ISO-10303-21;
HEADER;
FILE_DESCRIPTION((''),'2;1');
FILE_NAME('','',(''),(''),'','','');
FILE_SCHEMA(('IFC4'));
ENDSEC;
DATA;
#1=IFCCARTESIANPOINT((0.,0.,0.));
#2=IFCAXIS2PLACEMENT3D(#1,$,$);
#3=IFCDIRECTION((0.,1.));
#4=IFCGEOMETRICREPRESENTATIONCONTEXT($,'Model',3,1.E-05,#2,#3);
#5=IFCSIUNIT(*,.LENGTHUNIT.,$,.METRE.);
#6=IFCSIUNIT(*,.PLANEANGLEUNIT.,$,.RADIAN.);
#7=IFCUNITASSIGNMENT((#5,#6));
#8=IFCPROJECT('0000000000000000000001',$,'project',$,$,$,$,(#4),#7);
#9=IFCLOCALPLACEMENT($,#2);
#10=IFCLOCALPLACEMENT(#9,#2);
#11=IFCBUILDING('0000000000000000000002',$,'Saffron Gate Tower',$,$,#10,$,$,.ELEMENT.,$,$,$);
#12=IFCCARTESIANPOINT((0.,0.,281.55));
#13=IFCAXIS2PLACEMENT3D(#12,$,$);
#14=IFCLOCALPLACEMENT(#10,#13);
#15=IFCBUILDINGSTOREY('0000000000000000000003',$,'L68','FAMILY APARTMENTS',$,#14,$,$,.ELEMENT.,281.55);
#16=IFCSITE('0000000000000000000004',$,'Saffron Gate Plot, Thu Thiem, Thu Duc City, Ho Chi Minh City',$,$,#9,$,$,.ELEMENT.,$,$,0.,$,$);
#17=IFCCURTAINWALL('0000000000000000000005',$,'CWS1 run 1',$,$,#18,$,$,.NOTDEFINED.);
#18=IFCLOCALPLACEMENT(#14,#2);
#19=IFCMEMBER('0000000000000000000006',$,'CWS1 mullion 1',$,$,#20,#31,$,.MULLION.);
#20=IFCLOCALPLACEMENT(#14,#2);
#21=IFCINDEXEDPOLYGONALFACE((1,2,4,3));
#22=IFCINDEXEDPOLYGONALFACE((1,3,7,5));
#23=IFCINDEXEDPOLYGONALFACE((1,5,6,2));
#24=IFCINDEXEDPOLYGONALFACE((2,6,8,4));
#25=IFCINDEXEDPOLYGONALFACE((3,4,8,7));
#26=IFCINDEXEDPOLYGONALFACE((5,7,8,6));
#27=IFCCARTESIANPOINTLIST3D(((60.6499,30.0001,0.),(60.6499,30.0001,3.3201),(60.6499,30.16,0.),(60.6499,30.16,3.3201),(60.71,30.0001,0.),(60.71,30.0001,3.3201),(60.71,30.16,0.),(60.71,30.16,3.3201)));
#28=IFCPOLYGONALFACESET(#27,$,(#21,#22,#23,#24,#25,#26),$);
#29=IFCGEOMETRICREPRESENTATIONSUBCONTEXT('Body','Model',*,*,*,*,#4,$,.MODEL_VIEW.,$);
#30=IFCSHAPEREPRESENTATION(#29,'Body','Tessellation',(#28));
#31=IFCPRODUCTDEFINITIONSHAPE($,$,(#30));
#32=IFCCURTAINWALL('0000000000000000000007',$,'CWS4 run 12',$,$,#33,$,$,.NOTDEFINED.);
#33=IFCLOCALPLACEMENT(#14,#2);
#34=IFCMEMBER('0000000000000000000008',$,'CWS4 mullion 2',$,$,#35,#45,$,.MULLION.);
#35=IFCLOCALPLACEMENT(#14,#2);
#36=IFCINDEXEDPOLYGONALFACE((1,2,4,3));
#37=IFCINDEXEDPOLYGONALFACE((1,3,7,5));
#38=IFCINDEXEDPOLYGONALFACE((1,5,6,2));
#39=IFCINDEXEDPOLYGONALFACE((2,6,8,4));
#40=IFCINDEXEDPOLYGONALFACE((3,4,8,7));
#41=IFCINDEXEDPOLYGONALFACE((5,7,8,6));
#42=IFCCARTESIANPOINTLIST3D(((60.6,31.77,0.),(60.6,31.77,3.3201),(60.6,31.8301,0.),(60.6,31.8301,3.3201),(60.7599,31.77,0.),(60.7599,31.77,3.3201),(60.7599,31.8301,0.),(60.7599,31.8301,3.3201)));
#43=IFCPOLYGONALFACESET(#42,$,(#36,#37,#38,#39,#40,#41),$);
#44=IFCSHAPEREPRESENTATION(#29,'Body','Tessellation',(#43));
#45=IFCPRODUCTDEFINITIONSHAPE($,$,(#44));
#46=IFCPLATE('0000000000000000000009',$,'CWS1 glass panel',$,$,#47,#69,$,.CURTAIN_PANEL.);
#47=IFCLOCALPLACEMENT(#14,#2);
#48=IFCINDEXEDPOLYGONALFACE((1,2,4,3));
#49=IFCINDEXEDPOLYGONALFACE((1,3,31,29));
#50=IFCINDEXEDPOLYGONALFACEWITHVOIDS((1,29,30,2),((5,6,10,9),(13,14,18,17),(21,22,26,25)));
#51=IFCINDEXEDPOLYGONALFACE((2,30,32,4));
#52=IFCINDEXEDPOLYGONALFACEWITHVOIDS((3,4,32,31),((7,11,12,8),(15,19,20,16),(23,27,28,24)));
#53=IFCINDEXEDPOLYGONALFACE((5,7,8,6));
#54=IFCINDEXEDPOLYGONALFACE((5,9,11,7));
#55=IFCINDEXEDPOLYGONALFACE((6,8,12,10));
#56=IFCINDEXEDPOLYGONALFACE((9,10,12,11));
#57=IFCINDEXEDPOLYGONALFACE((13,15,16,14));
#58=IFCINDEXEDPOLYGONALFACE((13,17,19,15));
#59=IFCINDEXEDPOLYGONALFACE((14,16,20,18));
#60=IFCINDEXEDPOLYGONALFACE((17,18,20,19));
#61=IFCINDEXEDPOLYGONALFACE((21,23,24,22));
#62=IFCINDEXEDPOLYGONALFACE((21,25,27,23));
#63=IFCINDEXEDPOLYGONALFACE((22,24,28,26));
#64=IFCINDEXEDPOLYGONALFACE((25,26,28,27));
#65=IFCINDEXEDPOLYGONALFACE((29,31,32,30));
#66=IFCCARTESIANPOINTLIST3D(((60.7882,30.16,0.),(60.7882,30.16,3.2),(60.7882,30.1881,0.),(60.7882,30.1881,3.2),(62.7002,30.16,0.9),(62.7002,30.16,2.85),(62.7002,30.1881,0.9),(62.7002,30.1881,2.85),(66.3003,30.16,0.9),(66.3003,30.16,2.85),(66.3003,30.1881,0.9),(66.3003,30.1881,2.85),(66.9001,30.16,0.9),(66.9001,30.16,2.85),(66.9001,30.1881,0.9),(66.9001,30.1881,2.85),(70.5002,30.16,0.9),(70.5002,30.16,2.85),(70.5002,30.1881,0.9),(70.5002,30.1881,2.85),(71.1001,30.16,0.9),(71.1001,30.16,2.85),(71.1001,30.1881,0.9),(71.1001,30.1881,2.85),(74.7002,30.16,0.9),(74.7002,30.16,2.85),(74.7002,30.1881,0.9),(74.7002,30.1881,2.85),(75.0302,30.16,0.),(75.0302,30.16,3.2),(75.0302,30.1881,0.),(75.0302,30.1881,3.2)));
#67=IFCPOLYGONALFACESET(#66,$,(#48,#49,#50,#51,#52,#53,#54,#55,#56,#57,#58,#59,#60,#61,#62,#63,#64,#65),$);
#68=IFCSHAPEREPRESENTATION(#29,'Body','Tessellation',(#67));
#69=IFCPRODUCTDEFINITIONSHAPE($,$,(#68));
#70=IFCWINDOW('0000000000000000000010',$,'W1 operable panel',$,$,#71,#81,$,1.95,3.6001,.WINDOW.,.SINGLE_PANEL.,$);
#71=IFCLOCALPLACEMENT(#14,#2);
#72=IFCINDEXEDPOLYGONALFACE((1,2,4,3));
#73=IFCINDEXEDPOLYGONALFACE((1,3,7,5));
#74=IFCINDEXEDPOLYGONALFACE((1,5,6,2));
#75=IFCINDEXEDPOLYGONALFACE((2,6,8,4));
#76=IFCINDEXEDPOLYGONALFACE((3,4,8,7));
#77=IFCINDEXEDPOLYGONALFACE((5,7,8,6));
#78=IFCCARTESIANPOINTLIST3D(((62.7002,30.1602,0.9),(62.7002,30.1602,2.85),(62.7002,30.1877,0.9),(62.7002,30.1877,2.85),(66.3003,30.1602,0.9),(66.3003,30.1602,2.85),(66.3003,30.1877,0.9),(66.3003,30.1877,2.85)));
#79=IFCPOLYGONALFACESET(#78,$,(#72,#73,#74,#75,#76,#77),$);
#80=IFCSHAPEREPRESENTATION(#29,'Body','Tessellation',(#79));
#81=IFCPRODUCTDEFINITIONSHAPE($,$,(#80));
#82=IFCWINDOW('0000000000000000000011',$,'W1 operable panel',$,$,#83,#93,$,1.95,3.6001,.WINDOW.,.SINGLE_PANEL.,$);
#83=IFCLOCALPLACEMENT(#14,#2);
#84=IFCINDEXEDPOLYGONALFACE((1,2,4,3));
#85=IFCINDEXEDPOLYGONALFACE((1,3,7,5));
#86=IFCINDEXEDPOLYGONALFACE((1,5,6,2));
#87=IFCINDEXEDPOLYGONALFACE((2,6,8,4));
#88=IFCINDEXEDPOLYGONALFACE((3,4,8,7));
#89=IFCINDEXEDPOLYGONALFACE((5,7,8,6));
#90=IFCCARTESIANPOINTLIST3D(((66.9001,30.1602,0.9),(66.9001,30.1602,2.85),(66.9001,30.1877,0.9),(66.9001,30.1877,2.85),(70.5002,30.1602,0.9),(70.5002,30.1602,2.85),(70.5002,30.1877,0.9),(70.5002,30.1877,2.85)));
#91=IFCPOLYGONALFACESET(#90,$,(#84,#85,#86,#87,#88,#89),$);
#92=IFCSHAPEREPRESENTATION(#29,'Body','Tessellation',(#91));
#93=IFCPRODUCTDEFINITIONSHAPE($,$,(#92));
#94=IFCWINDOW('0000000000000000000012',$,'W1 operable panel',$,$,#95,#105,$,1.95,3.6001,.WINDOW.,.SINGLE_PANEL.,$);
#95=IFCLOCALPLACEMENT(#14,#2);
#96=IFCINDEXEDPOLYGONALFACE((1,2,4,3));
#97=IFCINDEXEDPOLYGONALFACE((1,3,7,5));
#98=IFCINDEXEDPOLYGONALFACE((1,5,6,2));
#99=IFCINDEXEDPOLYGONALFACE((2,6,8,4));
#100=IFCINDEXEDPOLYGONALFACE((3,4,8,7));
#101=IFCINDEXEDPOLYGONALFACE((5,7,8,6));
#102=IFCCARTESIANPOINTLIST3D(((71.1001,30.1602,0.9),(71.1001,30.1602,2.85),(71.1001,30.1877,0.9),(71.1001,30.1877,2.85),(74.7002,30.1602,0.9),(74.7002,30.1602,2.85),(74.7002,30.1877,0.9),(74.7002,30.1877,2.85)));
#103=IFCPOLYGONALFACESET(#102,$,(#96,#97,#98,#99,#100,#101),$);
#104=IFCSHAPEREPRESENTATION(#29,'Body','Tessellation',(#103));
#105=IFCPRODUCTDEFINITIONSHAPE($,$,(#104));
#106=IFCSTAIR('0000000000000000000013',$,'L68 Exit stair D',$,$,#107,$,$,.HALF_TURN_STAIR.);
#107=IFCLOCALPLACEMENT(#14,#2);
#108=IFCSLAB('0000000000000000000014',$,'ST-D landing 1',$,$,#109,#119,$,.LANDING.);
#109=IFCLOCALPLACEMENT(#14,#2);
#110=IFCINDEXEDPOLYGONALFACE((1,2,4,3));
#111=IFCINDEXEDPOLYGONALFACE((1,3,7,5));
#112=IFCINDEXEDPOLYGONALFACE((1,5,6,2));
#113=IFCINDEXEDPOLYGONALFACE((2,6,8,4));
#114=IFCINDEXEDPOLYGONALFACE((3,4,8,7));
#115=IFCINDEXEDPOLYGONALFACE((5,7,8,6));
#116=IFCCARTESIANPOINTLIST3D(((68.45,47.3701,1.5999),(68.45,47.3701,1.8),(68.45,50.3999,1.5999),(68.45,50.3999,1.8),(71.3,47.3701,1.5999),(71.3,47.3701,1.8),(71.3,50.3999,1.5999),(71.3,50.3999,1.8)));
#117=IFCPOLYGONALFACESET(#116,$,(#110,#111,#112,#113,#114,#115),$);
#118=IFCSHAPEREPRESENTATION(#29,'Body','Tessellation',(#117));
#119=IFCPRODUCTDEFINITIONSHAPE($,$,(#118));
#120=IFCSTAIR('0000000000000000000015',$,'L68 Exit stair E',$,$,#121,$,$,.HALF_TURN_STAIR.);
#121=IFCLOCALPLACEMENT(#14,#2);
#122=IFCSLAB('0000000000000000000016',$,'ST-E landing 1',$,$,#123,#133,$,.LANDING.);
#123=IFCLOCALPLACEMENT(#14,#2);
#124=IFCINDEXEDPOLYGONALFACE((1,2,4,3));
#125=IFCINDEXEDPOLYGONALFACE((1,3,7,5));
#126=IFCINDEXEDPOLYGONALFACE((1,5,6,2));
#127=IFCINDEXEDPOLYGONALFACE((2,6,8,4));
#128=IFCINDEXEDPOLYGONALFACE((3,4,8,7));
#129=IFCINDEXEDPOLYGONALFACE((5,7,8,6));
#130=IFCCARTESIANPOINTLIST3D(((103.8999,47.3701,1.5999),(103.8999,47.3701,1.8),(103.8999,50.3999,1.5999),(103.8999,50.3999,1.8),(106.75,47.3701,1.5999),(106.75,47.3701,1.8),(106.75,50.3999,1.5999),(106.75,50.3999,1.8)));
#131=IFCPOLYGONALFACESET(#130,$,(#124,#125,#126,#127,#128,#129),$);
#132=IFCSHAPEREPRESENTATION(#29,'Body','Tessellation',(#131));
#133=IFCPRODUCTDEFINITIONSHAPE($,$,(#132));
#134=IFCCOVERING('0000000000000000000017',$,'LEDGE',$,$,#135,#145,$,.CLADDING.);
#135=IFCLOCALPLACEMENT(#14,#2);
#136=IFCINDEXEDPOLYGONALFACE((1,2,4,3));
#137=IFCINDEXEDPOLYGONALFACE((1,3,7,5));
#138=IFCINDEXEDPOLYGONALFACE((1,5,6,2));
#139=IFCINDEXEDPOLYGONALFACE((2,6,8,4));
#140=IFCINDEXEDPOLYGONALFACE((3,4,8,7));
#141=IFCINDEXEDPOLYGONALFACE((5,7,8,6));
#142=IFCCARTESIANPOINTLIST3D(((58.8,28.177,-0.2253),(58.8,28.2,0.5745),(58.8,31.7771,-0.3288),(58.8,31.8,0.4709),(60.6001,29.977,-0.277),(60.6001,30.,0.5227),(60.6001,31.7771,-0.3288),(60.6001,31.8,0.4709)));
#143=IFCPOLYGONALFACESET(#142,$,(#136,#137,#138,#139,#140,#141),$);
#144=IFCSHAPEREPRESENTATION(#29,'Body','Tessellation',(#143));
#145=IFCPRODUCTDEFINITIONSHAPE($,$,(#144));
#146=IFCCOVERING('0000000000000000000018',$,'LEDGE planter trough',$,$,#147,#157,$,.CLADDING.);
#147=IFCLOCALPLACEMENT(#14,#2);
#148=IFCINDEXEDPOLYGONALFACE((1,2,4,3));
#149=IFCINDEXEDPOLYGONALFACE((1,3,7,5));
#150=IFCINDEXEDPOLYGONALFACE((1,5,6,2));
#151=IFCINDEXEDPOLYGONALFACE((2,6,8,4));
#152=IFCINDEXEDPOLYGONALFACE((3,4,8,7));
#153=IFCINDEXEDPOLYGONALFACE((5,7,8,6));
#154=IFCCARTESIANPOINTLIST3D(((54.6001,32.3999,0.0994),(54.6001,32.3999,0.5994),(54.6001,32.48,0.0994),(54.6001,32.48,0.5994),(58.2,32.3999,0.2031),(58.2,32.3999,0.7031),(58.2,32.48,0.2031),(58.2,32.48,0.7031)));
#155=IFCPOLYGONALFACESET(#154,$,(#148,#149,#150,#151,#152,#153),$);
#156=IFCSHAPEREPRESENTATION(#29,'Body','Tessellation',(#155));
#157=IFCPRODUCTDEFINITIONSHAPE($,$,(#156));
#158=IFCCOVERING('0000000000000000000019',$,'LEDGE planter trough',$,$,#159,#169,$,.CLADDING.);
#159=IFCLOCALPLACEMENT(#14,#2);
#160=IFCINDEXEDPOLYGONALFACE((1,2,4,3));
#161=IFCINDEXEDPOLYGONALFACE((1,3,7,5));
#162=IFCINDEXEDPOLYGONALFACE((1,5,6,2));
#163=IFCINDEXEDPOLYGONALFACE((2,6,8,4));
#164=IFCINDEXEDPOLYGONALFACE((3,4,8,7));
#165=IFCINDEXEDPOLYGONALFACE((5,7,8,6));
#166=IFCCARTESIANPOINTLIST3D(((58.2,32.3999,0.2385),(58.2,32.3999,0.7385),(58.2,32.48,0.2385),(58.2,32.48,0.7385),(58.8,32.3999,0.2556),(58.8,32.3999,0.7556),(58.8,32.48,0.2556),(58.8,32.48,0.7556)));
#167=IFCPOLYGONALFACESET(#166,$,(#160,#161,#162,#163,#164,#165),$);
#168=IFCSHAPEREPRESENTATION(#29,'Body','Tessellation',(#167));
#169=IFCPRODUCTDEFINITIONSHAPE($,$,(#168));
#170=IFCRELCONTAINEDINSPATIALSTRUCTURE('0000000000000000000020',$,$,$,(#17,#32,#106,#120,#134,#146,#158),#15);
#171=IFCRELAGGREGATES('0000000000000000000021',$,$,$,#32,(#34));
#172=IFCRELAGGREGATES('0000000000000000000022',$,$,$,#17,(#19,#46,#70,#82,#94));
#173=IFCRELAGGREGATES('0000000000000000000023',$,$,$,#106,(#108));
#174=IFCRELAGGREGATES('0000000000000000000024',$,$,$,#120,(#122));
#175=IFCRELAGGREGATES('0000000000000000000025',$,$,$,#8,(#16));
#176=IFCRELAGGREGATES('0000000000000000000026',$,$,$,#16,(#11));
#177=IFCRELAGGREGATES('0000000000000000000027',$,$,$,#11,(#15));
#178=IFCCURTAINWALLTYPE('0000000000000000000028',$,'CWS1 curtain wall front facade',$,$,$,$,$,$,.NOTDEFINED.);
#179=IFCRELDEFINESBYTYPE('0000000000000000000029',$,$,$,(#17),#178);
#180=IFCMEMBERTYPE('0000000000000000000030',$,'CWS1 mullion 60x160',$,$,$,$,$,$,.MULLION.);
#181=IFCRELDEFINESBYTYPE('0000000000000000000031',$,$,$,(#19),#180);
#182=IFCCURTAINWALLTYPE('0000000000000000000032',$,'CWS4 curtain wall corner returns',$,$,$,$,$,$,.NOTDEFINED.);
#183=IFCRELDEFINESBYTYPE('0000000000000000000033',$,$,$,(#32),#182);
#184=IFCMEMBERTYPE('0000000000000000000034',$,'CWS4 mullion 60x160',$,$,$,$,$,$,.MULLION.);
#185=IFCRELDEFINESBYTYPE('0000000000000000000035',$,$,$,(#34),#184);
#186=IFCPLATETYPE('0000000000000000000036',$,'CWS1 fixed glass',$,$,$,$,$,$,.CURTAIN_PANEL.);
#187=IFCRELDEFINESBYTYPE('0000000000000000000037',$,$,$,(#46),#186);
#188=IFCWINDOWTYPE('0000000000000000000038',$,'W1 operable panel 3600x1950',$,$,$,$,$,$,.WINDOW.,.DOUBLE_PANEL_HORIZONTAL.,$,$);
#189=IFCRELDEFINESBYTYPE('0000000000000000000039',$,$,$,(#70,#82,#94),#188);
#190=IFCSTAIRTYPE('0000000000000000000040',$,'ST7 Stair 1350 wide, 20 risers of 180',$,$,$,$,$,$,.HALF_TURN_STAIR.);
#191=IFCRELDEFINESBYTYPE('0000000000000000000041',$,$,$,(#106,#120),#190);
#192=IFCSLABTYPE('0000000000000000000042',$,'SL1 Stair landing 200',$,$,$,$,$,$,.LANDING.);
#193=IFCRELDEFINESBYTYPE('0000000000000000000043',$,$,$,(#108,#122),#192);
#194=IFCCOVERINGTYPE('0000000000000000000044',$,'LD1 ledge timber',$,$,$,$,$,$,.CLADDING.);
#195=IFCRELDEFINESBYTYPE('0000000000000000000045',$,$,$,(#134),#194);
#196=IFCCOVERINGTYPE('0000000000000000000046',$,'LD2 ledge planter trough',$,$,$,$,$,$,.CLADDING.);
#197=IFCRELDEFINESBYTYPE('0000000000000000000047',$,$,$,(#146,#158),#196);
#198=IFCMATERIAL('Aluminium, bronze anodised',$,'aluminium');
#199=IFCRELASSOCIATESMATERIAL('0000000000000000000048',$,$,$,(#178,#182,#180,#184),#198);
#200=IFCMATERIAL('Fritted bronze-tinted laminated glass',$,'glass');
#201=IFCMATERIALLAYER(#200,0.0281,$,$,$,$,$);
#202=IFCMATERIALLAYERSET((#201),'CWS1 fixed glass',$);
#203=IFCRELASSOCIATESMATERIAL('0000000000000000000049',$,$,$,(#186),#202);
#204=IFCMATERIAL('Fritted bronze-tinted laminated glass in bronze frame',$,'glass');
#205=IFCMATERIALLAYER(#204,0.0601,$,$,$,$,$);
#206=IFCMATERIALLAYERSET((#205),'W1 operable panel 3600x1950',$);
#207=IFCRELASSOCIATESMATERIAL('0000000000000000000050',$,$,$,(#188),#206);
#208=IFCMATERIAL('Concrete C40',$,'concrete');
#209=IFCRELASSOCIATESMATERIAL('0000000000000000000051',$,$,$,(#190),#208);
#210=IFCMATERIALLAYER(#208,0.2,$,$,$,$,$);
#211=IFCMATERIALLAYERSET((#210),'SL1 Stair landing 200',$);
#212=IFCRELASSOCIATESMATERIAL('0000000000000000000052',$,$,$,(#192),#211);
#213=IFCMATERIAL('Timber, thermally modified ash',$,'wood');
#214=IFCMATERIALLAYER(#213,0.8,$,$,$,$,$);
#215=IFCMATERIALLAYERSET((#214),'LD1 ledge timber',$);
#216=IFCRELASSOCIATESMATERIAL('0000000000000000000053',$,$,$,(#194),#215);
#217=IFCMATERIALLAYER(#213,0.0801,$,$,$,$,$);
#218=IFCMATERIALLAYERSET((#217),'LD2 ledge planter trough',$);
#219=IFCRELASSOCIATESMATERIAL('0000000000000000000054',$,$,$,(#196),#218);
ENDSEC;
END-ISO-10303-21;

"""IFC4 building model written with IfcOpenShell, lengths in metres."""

from ifc_helpers import new_model, si_unit, direction, frame, frame_2d, origin, origin_2d, place, context, subcontext, project, spatial, polyline, rectangle, outline, extrude, material, layer, layer_set, material_profile, profile_set, type_object, element, fill, aggregate, save


model = new_model("IFC4")

# Units and contexts
model_context = context("Model", 3, precision=1e-05, world=origin(), true_north=direction((0.0, 1.0)))
body_context = subcontext(model_context, "Body", "Model", "MODEL_VIEW")
ifc_project = project(units=[si_unit("LENGTHUNIT", "METRE"), si_unit("PLANEANGLEUNIT", "RADIAN")], contexts=[model_context])

# Site, building, storey
site_placement = place(None, origin())
site = spatial("IfcSite", under=ifc_project, at=site_placement, Name="Saffron Gate Plot, Thu Thiem, Thu Duc City, Ho Chi Minh City", CompositionType="ELEMENT", RefElevation=0.0)
building_placement = place(site_placement, origin())
building = spatial("IfcBuilding", under=site, at=building_placement, Name="Saffron Gate Tower", CompositionType="ELEMENT")
storey_placement = place(building_placement, frame((0.0, 0.0, 281.55)))
storey = spatial("IfcBuildingStorey", under=building, at=storey_placement, Name="L68", Description="FAMILY APARTMENTS", CompositionType="ELEMENT", Elevation=281.55)

# Curtain walls, members
ifc_material_1 = material(Name="Aluminium, bronze anodised", Category="aluminium")
curtain_wall_type_1 = type_object("IfcCurtainWallType", Name="CWS1 curtain wall front facade", PredefinedType="NOTDEFINED", material=ifc_material_1)
curtain_wall_1_placement = place(storey_placement, origin())
curtain_wall_1 = element("IfcCurtainWall", 1, at=curtain_wall_1_placement, inside=storey, type_object=curtain_wall_type_1, Name="CWS1 run 1", PredefinedType="NOTDEFINED")
ifc_material_profile_1 = material_profile(ifc_material_1, rectangle(XDim=0.1599, YDim=0.0601, at=origin_2d()))
ifc_profile_set_1 = profile_set([ifc_material_profile_1], Name="Aluminium, bronze anodised")
member_type_1 = type_object("IfcMemberType", Name="CWS1 mullion 60x160", PredefinedType="MULLION", material=ifc_profile_set_1)
member_1_placement = place(storey_placement, frame((60.6799, 30.0801, 0.0), z_axis=(0.0, 0.0, 1.0), x_axis=(0.0, 1.0, 0.0)))
member_1 = element("IfcMember", 2, at=member_1_placement, type_object=member_type_1, Name="CWS1 mullion 1", PredefinedType="MULLION", context=body_context, shape_type="SweptSolid", body=[
    extrude(rectangle(XDim=0.1599, YDim=0.0601, at=origin_2d()), origin(), (0.0, 0.0, 1.0), 3.3201),
])
curtain_wall_type_2 = type_object("IfcCurtainWallType", Name="CWS4 curtain wall corner returns", PredefinedType="NOTDEFINED", material=ifc_material_1)
curtain_wall_2_placement = place(storey_placement, origin())
curtain_wall_2 = element("IfcCurtainWall", 3, at=curtain_wall_2_placement, inside=storey, type_object=curtain_wall_type_2, Name="CWS4 run 12", PredefinedType="NOTDEFINED")
ifc_material_profile_2 = material_profile(ifc_material_1, rectangle(XDim=0.1599, YDim=0.0601, at=origin_2d()))
ifc_profile_set_2 = profile_set([ifc_material_profile_2], Name="Aluminium, bronze anodised")
member_type_2 = type_object("IfcMemberType", Name="CWS4 mullion 60x160", PredefinedType="MULLION", material=ifc_profile_set_2)
member_2_placement = place(storey_placement, frame((60.6799, 31.8, 0.0), z_axis=(0.0, 0.0, 1.0), x_axis=(1.0, 0.0, 0.0)))
member_2 = element("IfcMember", 4, at=member_2_placement, type_object=member_type_2, Name="CWS4 mullion 2", PredefinedType="MULLION", context=body_context, shape_type="SweptSolid", body=[
    extrude(rectangle(XDim=0.1599, YDim=0.0601, at=origin_2d()), origin(), (0.0, 0.0, 1.0), 3.3201),
])
aggregate(curtain_wall_2, [member_2])

# Plate, openings, windows
ifc_material_2 = material(Name="Fritted bronze-tinted laminated glass", Category="glass")
ifc_layer_1 = layer(ifc_material_2, 0.0281)
ifc_layer_set_1 = layer_set([ifc_layer_1], Name="CWS1 fixed glass")
plate_type = type_object("IfcPlateType", Name="CWS1 fixed glass", PredefinedType="CURTAIN_PANEL", material=ifc_layer_set_1)
plate_placement = place(storey_placement, frame((60.7881, 30.1741, 0.0), z_axis=(0.0, 0.0, 1.0), x_axis=(1.0, 0.0, 0.0)))
plate = element("IfcPlate", 5, at=plate_placement, type_object=plate_type, Name="CWS1 glass panel", PredefinedType="CURTAIN_PANEL", context=body_context, shape_type="SweptSolid", body=[
    extrude(rectangle(XDim=14.2419, YDim=0.0281, at=frame_2d((7.1211, 0.0))), origin(), (0.0, 0.0, 1.0), 3.2),
])
opening_1_placement = place(plate_placement, frame((1.9121, 0.0, 0.8999)))
opening_1 = element("IfcOpeningElement", 6, at=opening_1_placement, cuts=plate, PredefinedType="OPENING", context=body_context, shape_type="SweptSolid", body=[
    extrude(rectangle(XDim=3.6001, YDim=1.95, at=frame_2d((1.8, 0.9751))), frame((0.0, 0.0239, 0.0), z_axis=(0.0, -1.0, 0.0), x_axis=(1.0, 0.0, 0.0)), (0.0, 0.0, 1.0), 0.0481),
])
opening_2_placement = place(plate_placement, frame((6.1121, 0.0, 0.8999)))
opening_2 = element("IfcOpeningElement", 7, at=opening_2_placement, cuts=plate, PredefinedType="OPENING", context=body_context, shape_type="SweptSolid", body=[
    extrude(rectangle(XDim=3.6001, YDim=1.95, at=frame_2d((1.8, 0.9751))), frame((0.0, 0.0239, 0.0), z_axis=(0.0, -1.0, 0.0), x_axis=(1.0, 0.0, 0.0)), (0.0, 0.0, 1.0), 0.0481),
])
opening_3_placement = place(plate_placement, frame((10.312, 0.0, 0.8999)))
opening_3 = element("IfcOpeningElement", 8, at=opening_3_placement, cuts=plate, PredefinedType="OPENING", context=body_context, shape_type="SweptSolid", body=[
    extrude(rectangle(XDim=3.6001, YDim=1.95, at=frame_2d((1.8, 0.9751))), frame((0.0, 0.0239, 0.0), z_axis=(0.0, -1.0, 0.0), x_axis=(1.0, 0.0, 0.0)), (0.0, 0.0, 1.0), 0.0481),
])
ifc_material_3 = material(Name="Fritted bronze-tinted laminated glass in bronze frame", Category="glass")
ifc_layer_2 = layer(ifc_material_3, 0.0601)
ifc_layer_set_2 = layer_set([ifc_layer_2], Name="W1 operable panel 3600x1950")
window_type = type_object("IfcWindowType", Name="W1 operable panel 3600x1950", PartitioningType="DOUBLE_PANEL_HORIZONTAL", PredefinedType="WINDOW", material=ifc_layer_set_2)
window_1_placement = place(opening_1_placement, origin())
window_1 = element("IfcWindow", 9, at=window_1_placement, type_object=window_type, Name="W1 operable panel", OverallHeight=1.95, OverallWidth=3.6001, PartitioningType="SINGLE_PANEL", PredefinedType="WINDOW", context=body_context, shape_type="SweptSolid", body=[
    extrude(rectangle(XDim=3.6001, YDim=1.95, at=frame_2d((1.8, 0.9751))), frame((0.0, 0.0137, 0.0), z_axis=(0.0, -1.0, 0.0), x_axis=(1.0, 0.0, 0.0)), (0.0, 0.0, 1.0), 0.0276),
])
fill(opening_1, window_1)
window_2_placement = place(opening_2_placement, origin())
window_2 = element("IfcWindow", 10, at=window_2_placement, type_object=window_type, Name="W1 operable panel", OverallHeight=1.95, OverallWidth=3.6001, PartitioningType="SINGLE_PANEL", PredefinedType="WINDOW", context=body_context, shape_type="SweptSolid", body=[
    extrude(rectangle(XDim=3.6001, YDim=1.95, at=frame_2d((1.8, 0.9751))), frame((0.0, 0.0137, 0.0), z_axis=(0.0, -1.0, 0.0), x_axis=(1.0, 0.0, 0.0)), (0.0, 0.0, 1.0), 0.0276),
])
fill(opening_2, window_2)
window_3_placement = place(opening_3_placement, origin())
window_3 = element("IfcWindow", 11, at=window_3_placement, type_object=window_type, Name="W1 operable panel", OverallHeight=1.95, OverallWidth=3.6001, PartitioningType="SINGLE_PANEL", PredefinedType="WINDOW", context=body_context, shape_type="SweptSolid", body=[
    extrude(rectangle(XDim=3.6001, YDim=1.95, at=frame_2d((1.8, 0.9751))), frame((0.0, 0.0137, 0.0), z_axis=(0.0, -1.0, 0.0), x_axis=(1.0, 0.0, 0.0)), (0.0, 0.0, 1.0), 0.0276),
])
fill(opening_3, window_3)
aggregate(curtain_wall_1, [member_1, plate, window_1, window_2, window_3])

# Stairs, slabs
ifc_material_4 = material(Name="Concrete C40", Category="concrete")
stair_type = type_object("IfcStairType", Name="ST7 Stair 1350 wide, 20 risers of 180", PredefinedType="HALF_TURN_STAIR", material=ifc_material_4)
stair_1_placement = place(storey_placement, origin())
stair_1 = element("IfcStair", 12, at=stair_1_placement, inside=storey, type_object=stair_type, Name="L68 Exit stair D", PredefinedType="HALF_TURN_STAIR")
ifc_layer_3 = layer(ifc_material_4, 0.2)
ifc_layer_set_3 = layer_set([ifc_layer_3], Name="SL1 Stair landing 200")
slab_type = type_object("IfcSlabType", Name="SL1 Stair landing 200", PredefinedType="LANDING", material=ifc_layer_set_3)
slab_1_placement = place(storey_placement, frame((0.0, 0.0, 1.5999)))
slab_1 = element("IfcSlab", 13, at=slab_1_placement, type_object=slab_type, Name="ST-D landing 1", PredefinedType="LANDING", context=body_context, shape_type="SweptSolid", body=[
    extrude(outline(polyline([(71.3, 47.3701), (71.3, 50.3999), (68.45, 50.3999), (68.45, 47.3701), (71.3, 47.3701)])), origin(), (0.0, 0.0, 1.0), 0.2002),
])
aggregate(stair_1, [slab_1])
stair_2_placement = place(storey_placement, origin())
stair_2 = element("IfcStair", 14, at=stair_2_placement, inside=storey, type_object=stair_type, Name="L68 Exit stair E", PredefinedType="HALF_TURN_STAIR")
slab_2_placement = place(storey_placement, frame((0.0, 0.0, 1.5999)))
slab_2 = element("IfcSlab", 15, at=slab_2_placement, type_object=slab_type, Name="ST-E landing 1", PredefinedType="LANDING", context=body_context, shape_type="SweptSolid", body=[
    extrude(outline(polyline([(106.75, 47.3701), (106.75, 50.3999), (103.8999, 50.3999), (103.8999, 47.3701), (106.75, 47.3701)])), origin(), (0.0, 0.0, 1.0), 0.2002),
])
aggregate(stair_2, [slab_2])

# Coverings
ifc_material_5 = material(Name="Timber, thermally modified ash", Category="wood")
ifc_layer_4 = layer(ifc_material_5, 0.8)
ifc_layer_set_4 = layer_set([ifc_layer_4], Name="LD1 ledge timber")
covering_type_1 = type_object("IfcCoveringType", Name="LD1 ledge timber", PredefinedType="CLADDING", material=ifc_layer_set_4)
covering_1_placement = place(storey_placement, frame((60.6001, 31.8, 0.4709), z_axis=(0.0, 0.028742, 0.999587), x_axis=(0.0, -0.999587, 0.028742)))
element("IfcCovering", 16, at=covering_1_placement, inside=storey, type_object=covering_type_1, Name="LEDGE", PredefinedType="CLADDING", context=body_context, shape_type="SweptSolid", body=[
    extrude(outline(polyline([(0.0, 0.0), (1.8008, 0.0), (3.6016, -1.8), (0.0, -1.8), (0.0, 0.0)])), origin(), (0.0, 0.0, -1.0), 0.8),
])
ifc_layer_5 = layer(ifc_material_5, 0.0801)
ifc_layer_set_5 = layer_set([ifc_layer_5], Name="LD2 ledge planter trough")
covering_type_2 = type_object("IfcCoveringType", Name="LD2 ledge planter trough", PredefinedType="CLADDING", material=ifc_layer_set_5)
covering_2_placement = place(storey_placement, frame((54.6001, 32.3999, 0.0994), z_axis=(0.0, -1.0, 0.0), x_axis=(0.999585, 0.0, 0.028811)))
element("IfcCovering", 17, at=covering_2_placement, inside=storey, type_object=covering_type_2, Name="LEDGE planter trough", PredefinedType="CLADDING", context=body_context, shape_type="SweptSolid", body=[
    extrude(outline(polyline([(0.0, 0.0), (3.6013, 0.0), (3.6158, 0.4998), (0.0144, 0.4998), (0.0, 0.0)])), origin(), (0.0, 0.0, -1.0), 0.0801),
])
covering_3_placement = place(storey_placement, frame((58.2, 32.3999, 0.2385), z_axis=(0.0, -1.0, 0.0), x_axis=(0.999595, 0.0, 0.028467)))
element("IfcCovering", 18, at=covering_3_placement, inside=storey, type_object=covering_type_2, Name="LEDGE planter trough", PredefinedType="CLADDING", context=body_context, shape_type="SweptSolid", body=[
    extrude(outline(polyline([(0.0, 0.0), (0.6003, 0.0), (0.6146, 0.4998), (0.0142, 0.4998), (0.0, 0.0)])), origin(), (0.0, 0.0, -1.0), 0.0801),
])

save(model, "model.ifc")
